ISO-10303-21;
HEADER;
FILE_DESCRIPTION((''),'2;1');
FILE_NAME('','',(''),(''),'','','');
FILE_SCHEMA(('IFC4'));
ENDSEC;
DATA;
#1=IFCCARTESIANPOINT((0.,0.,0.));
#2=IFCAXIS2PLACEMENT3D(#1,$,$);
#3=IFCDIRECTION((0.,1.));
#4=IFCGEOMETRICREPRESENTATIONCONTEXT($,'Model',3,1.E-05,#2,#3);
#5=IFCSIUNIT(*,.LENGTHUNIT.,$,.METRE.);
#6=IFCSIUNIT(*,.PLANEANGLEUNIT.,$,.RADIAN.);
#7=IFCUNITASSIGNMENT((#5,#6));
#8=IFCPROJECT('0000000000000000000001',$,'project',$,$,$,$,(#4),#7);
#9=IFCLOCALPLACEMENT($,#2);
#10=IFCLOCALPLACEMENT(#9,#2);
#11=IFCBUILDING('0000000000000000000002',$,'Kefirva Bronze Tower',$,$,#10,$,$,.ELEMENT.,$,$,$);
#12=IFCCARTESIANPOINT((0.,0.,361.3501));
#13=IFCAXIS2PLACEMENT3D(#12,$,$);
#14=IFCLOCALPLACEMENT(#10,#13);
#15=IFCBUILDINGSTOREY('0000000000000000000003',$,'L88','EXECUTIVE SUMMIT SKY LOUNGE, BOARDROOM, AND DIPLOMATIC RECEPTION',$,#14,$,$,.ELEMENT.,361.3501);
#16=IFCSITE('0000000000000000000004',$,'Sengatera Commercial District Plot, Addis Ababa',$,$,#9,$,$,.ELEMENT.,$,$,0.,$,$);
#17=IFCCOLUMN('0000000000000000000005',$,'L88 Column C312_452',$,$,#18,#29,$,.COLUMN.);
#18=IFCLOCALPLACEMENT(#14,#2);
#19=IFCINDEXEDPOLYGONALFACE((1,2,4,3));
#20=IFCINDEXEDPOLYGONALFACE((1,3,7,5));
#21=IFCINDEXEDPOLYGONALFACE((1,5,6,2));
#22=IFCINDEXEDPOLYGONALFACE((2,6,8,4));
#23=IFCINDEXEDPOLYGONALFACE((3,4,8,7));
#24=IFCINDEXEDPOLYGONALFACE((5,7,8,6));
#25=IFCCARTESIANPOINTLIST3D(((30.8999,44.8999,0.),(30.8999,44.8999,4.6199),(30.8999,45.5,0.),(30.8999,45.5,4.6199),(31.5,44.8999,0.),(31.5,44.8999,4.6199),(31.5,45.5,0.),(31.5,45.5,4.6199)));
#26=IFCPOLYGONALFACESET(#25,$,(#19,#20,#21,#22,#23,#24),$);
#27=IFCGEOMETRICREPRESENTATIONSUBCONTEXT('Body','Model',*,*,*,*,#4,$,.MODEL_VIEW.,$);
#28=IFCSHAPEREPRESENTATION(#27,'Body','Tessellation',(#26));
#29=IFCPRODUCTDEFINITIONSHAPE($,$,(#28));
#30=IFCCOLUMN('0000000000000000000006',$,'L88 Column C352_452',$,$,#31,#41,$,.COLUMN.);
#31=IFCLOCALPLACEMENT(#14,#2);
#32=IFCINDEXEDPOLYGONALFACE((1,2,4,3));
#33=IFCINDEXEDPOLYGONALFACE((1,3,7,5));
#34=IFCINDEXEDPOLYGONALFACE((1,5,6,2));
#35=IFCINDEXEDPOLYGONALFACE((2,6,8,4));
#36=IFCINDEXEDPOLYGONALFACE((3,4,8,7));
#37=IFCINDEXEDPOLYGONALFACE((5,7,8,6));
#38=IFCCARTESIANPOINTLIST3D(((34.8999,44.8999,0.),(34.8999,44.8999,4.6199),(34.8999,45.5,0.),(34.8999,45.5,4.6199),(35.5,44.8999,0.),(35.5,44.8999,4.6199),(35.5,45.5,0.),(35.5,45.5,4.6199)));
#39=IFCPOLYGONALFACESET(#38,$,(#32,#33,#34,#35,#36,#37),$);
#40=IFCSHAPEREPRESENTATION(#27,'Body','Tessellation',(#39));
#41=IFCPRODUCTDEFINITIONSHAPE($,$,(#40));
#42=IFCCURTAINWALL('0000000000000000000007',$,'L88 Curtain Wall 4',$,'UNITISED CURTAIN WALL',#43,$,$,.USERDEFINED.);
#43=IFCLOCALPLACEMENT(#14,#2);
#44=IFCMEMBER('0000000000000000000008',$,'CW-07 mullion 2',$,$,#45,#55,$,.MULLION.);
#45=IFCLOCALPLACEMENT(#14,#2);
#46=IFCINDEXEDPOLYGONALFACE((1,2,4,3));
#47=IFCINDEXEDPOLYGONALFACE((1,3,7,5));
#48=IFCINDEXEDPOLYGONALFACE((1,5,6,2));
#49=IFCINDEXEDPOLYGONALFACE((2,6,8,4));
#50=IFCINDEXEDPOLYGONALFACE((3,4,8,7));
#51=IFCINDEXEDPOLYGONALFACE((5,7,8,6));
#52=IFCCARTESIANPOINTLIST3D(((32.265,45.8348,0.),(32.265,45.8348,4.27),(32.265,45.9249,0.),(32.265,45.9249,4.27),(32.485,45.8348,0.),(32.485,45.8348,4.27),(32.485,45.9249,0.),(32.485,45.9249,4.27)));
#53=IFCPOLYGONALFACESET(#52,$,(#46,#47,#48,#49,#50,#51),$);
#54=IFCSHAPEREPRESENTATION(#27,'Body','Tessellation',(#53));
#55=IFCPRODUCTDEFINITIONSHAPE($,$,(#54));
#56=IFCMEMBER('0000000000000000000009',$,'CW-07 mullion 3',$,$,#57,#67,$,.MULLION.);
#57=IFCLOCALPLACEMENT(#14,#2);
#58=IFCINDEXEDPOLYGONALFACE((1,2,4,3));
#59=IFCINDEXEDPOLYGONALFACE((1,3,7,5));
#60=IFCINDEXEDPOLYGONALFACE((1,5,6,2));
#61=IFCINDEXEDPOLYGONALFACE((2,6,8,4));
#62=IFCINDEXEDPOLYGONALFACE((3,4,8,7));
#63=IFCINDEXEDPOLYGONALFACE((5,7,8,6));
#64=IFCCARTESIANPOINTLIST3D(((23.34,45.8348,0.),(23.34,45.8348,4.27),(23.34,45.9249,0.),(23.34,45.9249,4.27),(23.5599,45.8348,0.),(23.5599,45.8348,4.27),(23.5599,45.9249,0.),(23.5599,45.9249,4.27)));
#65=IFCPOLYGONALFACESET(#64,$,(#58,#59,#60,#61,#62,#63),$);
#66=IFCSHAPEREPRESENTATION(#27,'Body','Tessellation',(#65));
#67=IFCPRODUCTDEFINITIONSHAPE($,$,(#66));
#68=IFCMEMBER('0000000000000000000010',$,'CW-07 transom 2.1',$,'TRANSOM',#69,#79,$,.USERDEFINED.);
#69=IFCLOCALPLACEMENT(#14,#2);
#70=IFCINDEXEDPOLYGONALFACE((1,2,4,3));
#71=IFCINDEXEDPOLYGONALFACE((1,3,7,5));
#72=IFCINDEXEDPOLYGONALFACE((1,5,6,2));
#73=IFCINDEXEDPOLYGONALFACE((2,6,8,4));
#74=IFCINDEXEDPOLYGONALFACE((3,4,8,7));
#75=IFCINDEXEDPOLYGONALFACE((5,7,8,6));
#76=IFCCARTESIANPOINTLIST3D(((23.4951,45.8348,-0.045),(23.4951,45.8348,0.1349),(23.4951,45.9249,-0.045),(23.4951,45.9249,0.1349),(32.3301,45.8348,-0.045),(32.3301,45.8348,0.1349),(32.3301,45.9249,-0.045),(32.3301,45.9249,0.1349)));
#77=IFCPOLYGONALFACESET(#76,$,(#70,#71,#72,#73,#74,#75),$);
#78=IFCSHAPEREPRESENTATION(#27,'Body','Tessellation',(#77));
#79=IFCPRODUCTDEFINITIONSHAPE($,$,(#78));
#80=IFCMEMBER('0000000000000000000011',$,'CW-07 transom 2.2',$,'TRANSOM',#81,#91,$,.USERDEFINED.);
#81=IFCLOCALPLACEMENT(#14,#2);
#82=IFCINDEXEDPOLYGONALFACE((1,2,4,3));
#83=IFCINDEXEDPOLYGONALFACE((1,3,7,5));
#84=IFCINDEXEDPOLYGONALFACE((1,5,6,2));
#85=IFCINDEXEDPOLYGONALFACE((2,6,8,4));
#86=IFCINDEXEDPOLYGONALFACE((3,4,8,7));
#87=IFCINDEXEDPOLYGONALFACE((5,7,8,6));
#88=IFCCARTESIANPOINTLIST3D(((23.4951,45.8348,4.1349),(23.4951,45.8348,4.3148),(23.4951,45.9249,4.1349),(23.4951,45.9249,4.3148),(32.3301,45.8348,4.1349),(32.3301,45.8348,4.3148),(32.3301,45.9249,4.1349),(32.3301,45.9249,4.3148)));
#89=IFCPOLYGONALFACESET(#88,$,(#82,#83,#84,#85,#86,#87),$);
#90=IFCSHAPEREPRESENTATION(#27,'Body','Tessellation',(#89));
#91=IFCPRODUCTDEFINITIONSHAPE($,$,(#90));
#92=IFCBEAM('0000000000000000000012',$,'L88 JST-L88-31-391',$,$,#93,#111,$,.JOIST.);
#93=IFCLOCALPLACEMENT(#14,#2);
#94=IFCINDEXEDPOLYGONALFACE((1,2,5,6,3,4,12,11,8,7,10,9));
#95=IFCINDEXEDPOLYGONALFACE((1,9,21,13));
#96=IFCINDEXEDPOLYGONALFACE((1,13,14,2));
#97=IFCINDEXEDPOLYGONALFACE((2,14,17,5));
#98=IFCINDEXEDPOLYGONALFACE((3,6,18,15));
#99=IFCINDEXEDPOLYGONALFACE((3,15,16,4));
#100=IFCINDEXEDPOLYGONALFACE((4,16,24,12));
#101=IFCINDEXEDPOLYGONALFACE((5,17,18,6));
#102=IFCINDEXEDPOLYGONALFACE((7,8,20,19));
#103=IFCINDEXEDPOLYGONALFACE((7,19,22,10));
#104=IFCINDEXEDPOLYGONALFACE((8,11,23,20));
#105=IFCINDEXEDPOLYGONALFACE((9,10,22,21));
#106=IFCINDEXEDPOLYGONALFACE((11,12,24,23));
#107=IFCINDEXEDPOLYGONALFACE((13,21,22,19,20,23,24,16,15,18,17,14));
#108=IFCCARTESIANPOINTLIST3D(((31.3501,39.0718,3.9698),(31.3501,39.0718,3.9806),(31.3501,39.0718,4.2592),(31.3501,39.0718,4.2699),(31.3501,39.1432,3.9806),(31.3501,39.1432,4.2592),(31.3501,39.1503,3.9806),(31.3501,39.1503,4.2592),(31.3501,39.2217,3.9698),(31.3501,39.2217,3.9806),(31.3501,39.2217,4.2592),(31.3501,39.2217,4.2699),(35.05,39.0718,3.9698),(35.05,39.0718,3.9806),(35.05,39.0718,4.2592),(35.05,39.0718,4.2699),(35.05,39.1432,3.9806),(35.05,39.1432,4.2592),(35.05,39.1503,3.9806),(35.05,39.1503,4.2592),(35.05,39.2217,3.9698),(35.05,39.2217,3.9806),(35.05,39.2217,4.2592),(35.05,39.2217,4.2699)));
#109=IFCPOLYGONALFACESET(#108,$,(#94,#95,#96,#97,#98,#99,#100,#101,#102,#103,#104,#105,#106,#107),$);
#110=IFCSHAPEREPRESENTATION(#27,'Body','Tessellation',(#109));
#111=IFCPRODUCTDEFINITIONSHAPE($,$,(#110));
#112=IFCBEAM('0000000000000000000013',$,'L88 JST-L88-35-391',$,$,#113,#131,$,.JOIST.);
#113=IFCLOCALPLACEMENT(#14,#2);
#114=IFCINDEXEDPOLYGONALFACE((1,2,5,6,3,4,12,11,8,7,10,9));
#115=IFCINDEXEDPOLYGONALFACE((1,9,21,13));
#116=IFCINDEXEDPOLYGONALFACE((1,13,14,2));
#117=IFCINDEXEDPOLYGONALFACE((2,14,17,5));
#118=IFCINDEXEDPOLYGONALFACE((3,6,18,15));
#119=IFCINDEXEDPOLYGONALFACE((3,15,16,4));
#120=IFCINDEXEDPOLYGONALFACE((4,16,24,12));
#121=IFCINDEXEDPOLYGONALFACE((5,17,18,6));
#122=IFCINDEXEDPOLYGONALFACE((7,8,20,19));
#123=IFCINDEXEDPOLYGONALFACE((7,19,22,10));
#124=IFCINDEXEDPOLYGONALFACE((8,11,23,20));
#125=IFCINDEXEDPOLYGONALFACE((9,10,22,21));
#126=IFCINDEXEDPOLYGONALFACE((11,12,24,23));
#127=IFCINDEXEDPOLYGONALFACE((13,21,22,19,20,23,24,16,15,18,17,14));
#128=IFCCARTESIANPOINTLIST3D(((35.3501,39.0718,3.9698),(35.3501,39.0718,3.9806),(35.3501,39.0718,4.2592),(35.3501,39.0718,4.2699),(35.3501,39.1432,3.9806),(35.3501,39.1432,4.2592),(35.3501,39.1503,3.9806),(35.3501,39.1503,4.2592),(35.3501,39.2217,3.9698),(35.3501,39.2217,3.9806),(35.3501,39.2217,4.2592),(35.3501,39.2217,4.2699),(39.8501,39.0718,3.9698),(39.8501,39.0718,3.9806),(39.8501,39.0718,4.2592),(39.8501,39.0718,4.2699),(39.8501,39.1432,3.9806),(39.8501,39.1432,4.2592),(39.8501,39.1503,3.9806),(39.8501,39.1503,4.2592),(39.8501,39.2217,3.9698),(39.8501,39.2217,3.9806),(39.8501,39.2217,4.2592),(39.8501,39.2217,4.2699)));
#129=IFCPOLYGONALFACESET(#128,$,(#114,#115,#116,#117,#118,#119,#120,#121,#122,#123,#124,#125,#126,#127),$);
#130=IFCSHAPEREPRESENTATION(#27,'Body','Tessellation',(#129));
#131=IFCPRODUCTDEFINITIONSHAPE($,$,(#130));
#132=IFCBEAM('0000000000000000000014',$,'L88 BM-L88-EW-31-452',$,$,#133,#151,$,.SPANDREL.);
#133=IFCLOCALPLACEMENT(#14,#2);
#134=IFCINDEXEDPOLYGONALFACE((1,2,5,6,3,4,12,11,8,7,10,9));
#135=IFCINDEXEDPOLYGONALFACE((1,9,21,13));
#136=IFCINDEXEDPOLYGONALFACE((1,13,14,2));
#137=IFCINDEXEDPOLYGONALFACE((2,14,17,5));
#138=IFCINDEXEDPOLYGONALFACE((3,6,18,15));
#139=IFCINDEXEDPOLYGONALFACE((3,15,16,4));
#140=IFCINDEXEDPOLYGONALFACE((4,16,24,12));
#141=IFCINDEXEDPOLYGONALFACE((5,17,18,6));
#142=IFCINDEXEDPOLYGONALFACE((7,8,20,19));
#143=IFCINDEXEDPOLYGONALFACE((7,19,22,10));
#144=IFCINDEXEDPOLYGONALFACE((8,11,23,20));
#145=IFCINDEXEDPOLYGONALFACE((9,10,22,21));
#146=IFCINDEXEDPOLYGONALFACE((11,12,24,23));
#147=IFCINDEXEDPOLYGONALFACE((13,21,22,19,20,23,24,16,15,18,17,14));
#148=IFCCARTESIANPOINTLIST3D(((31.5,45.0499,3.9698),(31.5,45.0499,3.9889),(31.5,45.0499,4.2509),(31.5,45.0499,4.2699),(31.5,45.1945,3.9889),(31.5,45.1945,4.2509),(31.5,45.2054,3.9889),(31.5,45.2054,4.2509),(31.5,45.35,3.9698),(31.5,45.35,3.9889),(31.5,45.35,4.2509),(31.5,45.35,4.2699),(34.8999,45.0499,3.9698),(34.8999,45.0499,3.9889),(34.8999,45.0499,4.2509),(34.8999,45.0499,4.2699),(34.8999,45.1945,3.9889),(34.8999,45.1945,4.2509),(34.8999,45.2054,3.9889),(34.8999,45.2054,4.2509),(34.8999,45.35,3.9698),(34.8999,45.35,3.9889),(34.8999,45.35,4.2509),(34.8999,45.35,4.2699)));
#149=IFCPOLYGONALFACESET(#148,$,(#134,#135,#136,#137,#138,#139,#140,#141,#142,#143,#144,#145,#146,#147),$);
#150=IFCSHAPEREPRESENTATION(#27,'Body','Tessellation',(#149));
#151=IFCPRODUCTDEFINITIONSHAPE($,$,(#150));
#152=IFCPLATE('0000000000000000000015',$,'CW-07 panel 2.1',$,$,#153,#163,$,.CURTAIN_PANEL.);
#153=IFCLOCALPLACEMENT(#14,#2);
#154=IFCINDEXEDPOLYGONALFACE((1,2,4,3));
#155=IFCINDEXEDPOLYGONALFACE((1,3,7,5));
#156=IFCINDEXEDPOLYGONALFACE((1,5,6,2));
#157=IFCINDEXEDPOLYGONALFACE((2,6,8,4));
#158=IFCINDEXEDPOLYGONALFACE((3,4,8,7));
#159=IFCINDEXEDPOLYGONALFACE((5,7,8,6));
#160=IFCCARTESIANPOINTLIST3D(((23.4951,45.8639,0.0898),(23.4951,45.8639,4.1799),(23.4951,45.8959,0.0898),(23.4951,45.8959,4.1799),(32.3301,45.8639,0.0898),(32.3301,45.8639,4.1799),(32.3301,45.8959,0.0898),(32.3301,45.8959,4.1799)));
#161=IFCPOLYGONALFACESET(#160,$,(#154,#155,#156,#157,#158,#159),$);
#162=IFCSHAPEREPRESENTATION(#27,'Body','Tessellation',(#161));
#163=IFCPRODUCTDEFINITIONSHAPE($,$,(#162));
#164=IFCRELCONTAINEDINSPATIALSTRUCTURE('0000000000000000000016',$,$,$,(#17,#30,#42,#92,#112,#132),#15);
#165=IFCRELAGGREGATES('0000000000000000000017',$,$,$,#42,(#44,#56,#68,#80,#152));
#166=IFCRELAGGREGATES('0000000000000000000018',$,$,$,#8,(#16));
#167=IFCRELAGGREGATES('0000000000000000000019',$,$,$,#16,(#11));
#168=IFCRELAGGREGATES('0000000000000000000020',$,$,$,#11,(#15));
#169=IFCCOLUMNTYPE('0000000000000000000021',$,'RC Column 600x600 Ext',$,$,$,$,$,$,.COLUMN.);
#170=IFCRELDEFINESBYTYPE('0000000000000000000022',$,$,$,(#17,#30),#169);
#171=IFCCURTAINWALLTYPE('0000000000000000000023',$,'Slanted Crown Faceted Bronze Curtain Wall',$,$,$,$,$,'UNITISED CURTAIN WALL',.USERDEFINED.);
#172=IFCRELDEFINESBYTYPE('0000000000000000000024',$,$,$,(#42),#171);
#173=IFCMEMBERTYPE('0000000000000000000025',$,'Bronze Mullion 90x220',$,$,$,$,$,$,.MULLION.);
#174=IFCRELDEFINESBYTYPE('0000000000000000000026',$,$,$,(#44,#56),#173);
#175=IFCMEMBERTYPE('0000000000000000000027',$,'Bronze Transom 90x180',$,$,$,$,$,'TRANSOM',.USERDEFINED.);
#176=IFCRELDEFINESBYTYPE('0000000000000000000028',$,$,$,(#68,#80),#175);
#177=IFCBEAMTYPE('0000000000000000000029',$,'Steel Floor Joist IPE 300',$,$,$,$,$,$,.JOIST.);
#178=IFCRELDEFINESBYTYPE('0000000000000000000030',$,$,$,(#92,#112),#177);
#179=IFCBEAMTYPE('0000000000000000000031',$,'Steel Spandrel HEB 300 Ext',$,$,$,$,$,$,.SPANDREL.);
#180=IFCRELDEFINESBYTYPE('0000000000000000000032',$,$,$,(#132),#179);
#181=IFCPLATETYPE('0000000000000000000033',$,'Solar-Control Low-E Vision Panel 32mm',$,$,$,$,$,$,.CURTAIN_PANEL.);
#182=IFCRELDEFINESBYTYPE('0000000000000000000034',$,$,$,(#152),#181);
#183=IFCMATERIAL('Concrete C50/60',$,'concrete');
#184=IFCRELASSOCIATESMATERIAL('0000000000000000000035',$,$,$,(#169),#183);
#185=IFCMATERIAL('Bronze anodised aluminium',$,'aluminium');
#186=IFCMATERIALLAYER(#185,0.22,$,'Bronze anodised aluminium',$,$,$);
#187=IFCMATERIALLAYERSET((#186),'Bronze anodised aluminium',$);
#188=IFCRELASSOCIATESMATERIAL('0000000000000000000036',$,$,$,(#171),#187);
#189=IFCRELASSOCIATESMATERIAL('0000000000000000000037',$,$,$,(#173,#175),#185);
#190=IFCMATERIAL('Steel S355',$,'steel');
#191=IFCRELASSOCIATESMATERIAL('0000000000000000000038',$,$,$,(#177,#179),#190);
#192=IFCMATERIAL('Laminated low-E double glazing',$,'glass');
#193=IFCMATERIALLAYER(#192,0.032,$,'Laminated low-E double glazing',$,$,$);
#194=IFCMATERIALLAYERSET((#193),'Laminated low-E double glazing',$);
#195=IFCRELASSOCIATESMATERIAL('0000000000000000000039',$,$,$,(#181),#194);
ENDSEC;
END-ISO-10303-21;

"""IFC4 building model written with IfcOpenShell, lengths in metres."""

from ifc_helpers import new_model, si_unit, direction, frame, origin, origin_2d, place, context, subcontext, project, spatial, rectangle, i_section, extrude, material, layer, layer_set, material_profile, profile_set, type_object, element, aggregate, save


model = new_model("IFC4")

# Units and contexts
model_context = context("Model", 3, precision=1e-05, world=origin(), true_north=direction((0.0, 1.0)))
body_context = subcontext(model_context, "Body", "Model", "MODEL_VIEW")
ifc_project = project(units=[si_unit("LENGTHUNIT", "METRE"), si_unit("PLANEANGLEUNIT", "RADIAN")], contexts=[model_context])

# Site, building, storey
site_placement = place(None, origin())
site = spatial("IfcSite", under=ifc_project, at=site_placement, Name="Sengatera Commercial District Plot, Addis Ababa", CompositionType="ELEMENT", RefElevation=0.0)
building_placement = place(site_placement, origin())
building = spatial("IfcBuilding", under=site, at=building_placement, Name="Kefirva Bronze Tower", CompositionType="ELEMENT")
storey_placement = place(building_placement, frame((0.0, 0.0, 361.3501)))
storey = spatial("IfcBuildingStorey", under=building, at=storey_placement, Name="L88", Description="EXECUTIVE SUMMIT SKY LOUNGE, BOARDROOM, AND DIPLOMATIC RECEPTION", CompositionType="ELEMENT", Elevation=361.3501)

# Columns
ifc_material_1 = material(Name="Concrete C50/60", Category="concrete")
ifc_material_profile_1 = material_profile(ifc_material_1, rectangle(XDim=0.6001, YDim=0.6001, at=origin_2d()), Name="RC 600x600")
ifc_profile_set_1 = profile_set([ifc_material_profile_1], Name="Concrete C50/60")
column_type = type_object("IfcColumnType", Name="RC Column 600x600 Ext", PredefinedType="COLUMN", material=ifc_profile_set_1)
for number, where, z_axis, x_axis, name in (
    (1, (31.2, 45.2, 0.0), (0.0, 0.0, 1.0), (1.0, 0.0, 0.0), "L88 Column C312_452"),
    (2, (35.2, 45.2, 0.0), (0.0, 0.0, 1.0), (1.0, 0.0, 0.0), "L88 Column C352_452"),
):
    element("IfcColumn", number, at=place(storey_placement, frame(where, z_axis=z_axis, x_axis=x_axis)), inside=storey, type_object=column_type, Name=name, PredefinedType="COLUMN", context=body_context, shape_type="SweptSolid", body=[
        extrude(rectangle(XDim=0.6001, YDim=0.6001, at=origin_2d()), origin(), (0.0, 0.0, 1.0), 4.6199),
    ])

# Curtain wall, members
ifc_material_2 = material(Name="Bronze anodised aluminium", Category="aluminium")
ifc_layer_1 = layer(ifc_material_2, 0.22, Name="Bronze anodised aluminium")
ifc_layer_set_1 = layer_set([ifc_layer_1], Name="Bronze anodised aluminium")
curtain_wall_type = type_object("IfcCurtainWallType", Name="Slanted Crown Faceted Bronze Curtain Wall", ElementType="UNITISED CURTAIN WALL", PredefinedType="USERDEFINED", material=ifc_layer_set_1)
curtain_wall_placement = place(storey_placement, origin())
curtain_wall = element("IfcCurtainWall", 3, at=curtain_wall_placement, inside=storey, type_object=curtain_wall_type, Name="L88 Curtain Wall 4", ObjectType="UNITISED CURTAIN WALL", PredefinedType="USERDEFINED")
ifc_material_profile_2 = material_profile(ifc_material_2, rectangle(XDim=0.0901, YDim=0.22, at=origin_2d()), Name="ALU 90x220")
ifc_profile_set_2 = profile_set([ifc_material_profile_2], Name="Bronze anodised aluminium")
member_type_1 = type_object("IfcMemberType", Name="Bronze Mullion 90x220", PredefinedType="MULLION", material=ifc_profile_set_2)
member_1_placement = place(storey_placement, frame((32.375, 45.8799, 0.0), z_axis=(0.0, 0.0, 1.0), x_axis=(0.0, -1.0, 0.0)))
member_1 = element("IfcMember", 4, at=member_1_placement, type_object=member_type_1, Name="CW-07 mullion 2", PredefinedType="MULLION", context=body_context, shape_type="SweptSolid", body=[
    extrude(rectangle(XDim=0.0901, YDim=0.22, at=origin_2d()), origin(), (0.0, 0.0, 1.0), 4.27),
])
member_2_placement = place(storey_placement, frame((23.45, 45.8799, 0.0), z_axis=(0.0, 0.0, 1.0), x_axis=(0.0, -1.0, 0.0)))
member_2 = element("IfcMember", 5, at=member_2_placement, type_object=member_type_1, Name="CW-07 mullion 3", PredefinedType="MULLION", context=body_context, shape_type="SweptSolid", body=[
    extrude(rectangle(XDim=0.0901, YDim=0.22, at=origin_2d()), origin(), (0.0, 0.0, 1.0), 4.27),
])
ifc_material_profile_3 = material_profile(ifc_material_2, rectangle(XDim=0.0901, YDim=0.1799, at=origin_2d()), Name="ALU 90x180")
ifc_profile_set_3 = profile_set([ifc_material_profile_3], Name="Bronze anodised aluminium")
member_type_2 = type_object("IfcMemberType", Name="Bronze Transom 90x180", ElementType="TRANSOM", PredefinedType="USERDEFINED", material=ifc_profile_set_3)
member_3_placement = place(storey_placement, frame((32.3301, 45.8799, 0.0449), z_axis=(-1.0, 0.0, 0.0), x_axis=(0.0, -1.0, 0.0)))
member_3 = element("IfcMember", 6, at=member_3_placement, type_object=member_type_2, Name="CW-07 transom 2.1", ObjectType="TRANSOM", PredefinedType="USERDEFINED", context=body_context, shape_type="SweptSolid", body=[
    extrude(rectangle(XDim=0.0901, YDim=0.1799, at=origin_2d()), origin(), (0.0, 0.0, 1.0), 8.835),
])
member_4_placement = place(storey_placement, frame((32.3301, 45.8799, 4.2249), z_axis=(-1.0, 0.0, 0.0), x_axis=(0.0, -1.0, 0.0)))
member_4 = element("IfcMember", 7, at=member_4_placement, type_object=member_type_2, Name="CW-07 transom 2.2", ObjectType="TRANSOM", PredefinedType="USERDEFINED", context=body_context, shape_type="SweptSolid", body=[
    extrude(rectangle(XDim=0.0901, YDim=0.1799, at=origin_2d()), origin(), (0.0, 0.0, 1.0), 8.835),
])

# Beams
ifc_material_3 = material(Name="Steel S355", Category="steel")
ifc_material_profile_4 = material_profile(ifc_material_3, i_section(OverallWidth=0.1499, OverallDepth=0.3, WebThickness=0.0071, FlangeThickness=0.0107, at=origin_2d()), Name="IPE 300")
ifc_profile_set_4 = profile_set([ifc_material_profile_4], Name="Steel S355")
beam_type_1 = type_object("IfcBeamType", Name="Steel Floor Joist IPE 300", PredefinedType="JOIST", material=ifc_profile_set_4)
beam_1_placement = place(storey_placement, frame((31.3501, 39.1467, 4.1199), z_axis=(1.0, 0.0, 0.0), x_axis=(0.0, 1.0, 0.0)))
element("IfcBeam", 8, at=beam_1_placement, inside=storey, type_object=beam_type_1, Name="L88 JST-L88-31-391", PredefinedType="JOIST", context=body_context, shape_type="SweptSolid", body=[
    extrude(i_section(OverallWidth=0.1499, OverallDepth=0.3, WebThickness=0.0071, FlangeThickness=0.0107, at=origin_2d()), origin(), (0.0, 0.0, 1.0), 3.7),
])
beam_2_placement = place(storey_placement, frame((35.3501, 39.1467, 4.1199), z_axis=(1.0, 0.0, 0.0), x_axis=(0.0, 1.0, 0.0)))
element("IfcBeam", 9, at=beam_2_placement, inside=storey, type_object=beam_type_1, Name="L88 JST-L88-35-391", PredefinedType="JOIST", context=body_context, shape_type="SweptSolid", body=[
    extrude(i_section(OverallWidth=0.1499, OverallDepth=0.3, WebThickness=0.0071, FlangeThickness=0.0107, at=origin_2d()), origin(), (0.0, 0.0, 1.0), 4.5),
])
ifc_material_profile_5 = material_profile(ifc_material_3, i_section(OverallWidth=0.3, OverallDepth=0.3, WebThickness=0.011, FlangeThickness=0.019, at=origin_2d()), Name="HEB 300")
ifc_profile_set_5 = profile_set([ifc_material_profile_5], Name="Steel S355")
beam_type_2 = type_object("IfcBeamType", Name="Steel Spandrel HEB 300 Ext", PredefinedType="SPANDREL", material=ifc_profile_set_5)
beam_3_placement = place(storey_placement, frame((31.5, 45.2, 4.1199), z_axis=(1.0, 0.0, 0.0), x_axis=(0.0, 1.0, 0.0)))
element("IfcBeam", 10, at=beam_3_placement, inside=storey, type_object=beam_type_2, Name="L88 BM-L88-EW-31-452", PredefinedType="SPANDREL", context=body_context, shape_type="SweptSolid", body=[
    extrude(i_section(OverallWidth=0.3, OverallDepth=0.3, WebThickness=0.011, FlangeThickness=0.019, at=origin_2d()), origin(), (0.0, 0.0, 1.0), 3.3999),
])

# Plate
ifc_material_4 = material(Name="Laminated low-E double glazing", Category="glass")
ifc_layer_2 = layer(ifc_material_4, 0.032, Name="Laminated low-E double glazing")
ifc_layer_set_2 = layer_set([ifc_layer_2], Name="Laminated low-E double glazing")
plate_type = type_object("IfcPlateType", Name="Solar-Control Low-E Vision Panel 32mm", PredefinedType="CURTAIN_PANEL", material=ifc_layer_set_2)
plate_placement = place(storey_placement, frame((27.9126, 45.8799, 0.0898), z_axis=(0.0, 0.0, 1.0), x_axis=(-1.0, 0.0, 0.0)))
plate = element("IfcPlate", 11, at=plate_placement, type_object=plate_type, Name="CW-07 panel 2.1", PredefinedType="CURTAIN_PANEL", context=body_context, shape_type="SweptSolid", body=[
    extrude(rectangle(XDim=8.835, YDim=0.032, at=origin_2d()), origin(), (0.0, 0.0, 1.0), 4.0901),
])
aggregate(curtain_wall, [member_1, member_2, member_3, member_4, plate])

save(model, "model.ifc")
